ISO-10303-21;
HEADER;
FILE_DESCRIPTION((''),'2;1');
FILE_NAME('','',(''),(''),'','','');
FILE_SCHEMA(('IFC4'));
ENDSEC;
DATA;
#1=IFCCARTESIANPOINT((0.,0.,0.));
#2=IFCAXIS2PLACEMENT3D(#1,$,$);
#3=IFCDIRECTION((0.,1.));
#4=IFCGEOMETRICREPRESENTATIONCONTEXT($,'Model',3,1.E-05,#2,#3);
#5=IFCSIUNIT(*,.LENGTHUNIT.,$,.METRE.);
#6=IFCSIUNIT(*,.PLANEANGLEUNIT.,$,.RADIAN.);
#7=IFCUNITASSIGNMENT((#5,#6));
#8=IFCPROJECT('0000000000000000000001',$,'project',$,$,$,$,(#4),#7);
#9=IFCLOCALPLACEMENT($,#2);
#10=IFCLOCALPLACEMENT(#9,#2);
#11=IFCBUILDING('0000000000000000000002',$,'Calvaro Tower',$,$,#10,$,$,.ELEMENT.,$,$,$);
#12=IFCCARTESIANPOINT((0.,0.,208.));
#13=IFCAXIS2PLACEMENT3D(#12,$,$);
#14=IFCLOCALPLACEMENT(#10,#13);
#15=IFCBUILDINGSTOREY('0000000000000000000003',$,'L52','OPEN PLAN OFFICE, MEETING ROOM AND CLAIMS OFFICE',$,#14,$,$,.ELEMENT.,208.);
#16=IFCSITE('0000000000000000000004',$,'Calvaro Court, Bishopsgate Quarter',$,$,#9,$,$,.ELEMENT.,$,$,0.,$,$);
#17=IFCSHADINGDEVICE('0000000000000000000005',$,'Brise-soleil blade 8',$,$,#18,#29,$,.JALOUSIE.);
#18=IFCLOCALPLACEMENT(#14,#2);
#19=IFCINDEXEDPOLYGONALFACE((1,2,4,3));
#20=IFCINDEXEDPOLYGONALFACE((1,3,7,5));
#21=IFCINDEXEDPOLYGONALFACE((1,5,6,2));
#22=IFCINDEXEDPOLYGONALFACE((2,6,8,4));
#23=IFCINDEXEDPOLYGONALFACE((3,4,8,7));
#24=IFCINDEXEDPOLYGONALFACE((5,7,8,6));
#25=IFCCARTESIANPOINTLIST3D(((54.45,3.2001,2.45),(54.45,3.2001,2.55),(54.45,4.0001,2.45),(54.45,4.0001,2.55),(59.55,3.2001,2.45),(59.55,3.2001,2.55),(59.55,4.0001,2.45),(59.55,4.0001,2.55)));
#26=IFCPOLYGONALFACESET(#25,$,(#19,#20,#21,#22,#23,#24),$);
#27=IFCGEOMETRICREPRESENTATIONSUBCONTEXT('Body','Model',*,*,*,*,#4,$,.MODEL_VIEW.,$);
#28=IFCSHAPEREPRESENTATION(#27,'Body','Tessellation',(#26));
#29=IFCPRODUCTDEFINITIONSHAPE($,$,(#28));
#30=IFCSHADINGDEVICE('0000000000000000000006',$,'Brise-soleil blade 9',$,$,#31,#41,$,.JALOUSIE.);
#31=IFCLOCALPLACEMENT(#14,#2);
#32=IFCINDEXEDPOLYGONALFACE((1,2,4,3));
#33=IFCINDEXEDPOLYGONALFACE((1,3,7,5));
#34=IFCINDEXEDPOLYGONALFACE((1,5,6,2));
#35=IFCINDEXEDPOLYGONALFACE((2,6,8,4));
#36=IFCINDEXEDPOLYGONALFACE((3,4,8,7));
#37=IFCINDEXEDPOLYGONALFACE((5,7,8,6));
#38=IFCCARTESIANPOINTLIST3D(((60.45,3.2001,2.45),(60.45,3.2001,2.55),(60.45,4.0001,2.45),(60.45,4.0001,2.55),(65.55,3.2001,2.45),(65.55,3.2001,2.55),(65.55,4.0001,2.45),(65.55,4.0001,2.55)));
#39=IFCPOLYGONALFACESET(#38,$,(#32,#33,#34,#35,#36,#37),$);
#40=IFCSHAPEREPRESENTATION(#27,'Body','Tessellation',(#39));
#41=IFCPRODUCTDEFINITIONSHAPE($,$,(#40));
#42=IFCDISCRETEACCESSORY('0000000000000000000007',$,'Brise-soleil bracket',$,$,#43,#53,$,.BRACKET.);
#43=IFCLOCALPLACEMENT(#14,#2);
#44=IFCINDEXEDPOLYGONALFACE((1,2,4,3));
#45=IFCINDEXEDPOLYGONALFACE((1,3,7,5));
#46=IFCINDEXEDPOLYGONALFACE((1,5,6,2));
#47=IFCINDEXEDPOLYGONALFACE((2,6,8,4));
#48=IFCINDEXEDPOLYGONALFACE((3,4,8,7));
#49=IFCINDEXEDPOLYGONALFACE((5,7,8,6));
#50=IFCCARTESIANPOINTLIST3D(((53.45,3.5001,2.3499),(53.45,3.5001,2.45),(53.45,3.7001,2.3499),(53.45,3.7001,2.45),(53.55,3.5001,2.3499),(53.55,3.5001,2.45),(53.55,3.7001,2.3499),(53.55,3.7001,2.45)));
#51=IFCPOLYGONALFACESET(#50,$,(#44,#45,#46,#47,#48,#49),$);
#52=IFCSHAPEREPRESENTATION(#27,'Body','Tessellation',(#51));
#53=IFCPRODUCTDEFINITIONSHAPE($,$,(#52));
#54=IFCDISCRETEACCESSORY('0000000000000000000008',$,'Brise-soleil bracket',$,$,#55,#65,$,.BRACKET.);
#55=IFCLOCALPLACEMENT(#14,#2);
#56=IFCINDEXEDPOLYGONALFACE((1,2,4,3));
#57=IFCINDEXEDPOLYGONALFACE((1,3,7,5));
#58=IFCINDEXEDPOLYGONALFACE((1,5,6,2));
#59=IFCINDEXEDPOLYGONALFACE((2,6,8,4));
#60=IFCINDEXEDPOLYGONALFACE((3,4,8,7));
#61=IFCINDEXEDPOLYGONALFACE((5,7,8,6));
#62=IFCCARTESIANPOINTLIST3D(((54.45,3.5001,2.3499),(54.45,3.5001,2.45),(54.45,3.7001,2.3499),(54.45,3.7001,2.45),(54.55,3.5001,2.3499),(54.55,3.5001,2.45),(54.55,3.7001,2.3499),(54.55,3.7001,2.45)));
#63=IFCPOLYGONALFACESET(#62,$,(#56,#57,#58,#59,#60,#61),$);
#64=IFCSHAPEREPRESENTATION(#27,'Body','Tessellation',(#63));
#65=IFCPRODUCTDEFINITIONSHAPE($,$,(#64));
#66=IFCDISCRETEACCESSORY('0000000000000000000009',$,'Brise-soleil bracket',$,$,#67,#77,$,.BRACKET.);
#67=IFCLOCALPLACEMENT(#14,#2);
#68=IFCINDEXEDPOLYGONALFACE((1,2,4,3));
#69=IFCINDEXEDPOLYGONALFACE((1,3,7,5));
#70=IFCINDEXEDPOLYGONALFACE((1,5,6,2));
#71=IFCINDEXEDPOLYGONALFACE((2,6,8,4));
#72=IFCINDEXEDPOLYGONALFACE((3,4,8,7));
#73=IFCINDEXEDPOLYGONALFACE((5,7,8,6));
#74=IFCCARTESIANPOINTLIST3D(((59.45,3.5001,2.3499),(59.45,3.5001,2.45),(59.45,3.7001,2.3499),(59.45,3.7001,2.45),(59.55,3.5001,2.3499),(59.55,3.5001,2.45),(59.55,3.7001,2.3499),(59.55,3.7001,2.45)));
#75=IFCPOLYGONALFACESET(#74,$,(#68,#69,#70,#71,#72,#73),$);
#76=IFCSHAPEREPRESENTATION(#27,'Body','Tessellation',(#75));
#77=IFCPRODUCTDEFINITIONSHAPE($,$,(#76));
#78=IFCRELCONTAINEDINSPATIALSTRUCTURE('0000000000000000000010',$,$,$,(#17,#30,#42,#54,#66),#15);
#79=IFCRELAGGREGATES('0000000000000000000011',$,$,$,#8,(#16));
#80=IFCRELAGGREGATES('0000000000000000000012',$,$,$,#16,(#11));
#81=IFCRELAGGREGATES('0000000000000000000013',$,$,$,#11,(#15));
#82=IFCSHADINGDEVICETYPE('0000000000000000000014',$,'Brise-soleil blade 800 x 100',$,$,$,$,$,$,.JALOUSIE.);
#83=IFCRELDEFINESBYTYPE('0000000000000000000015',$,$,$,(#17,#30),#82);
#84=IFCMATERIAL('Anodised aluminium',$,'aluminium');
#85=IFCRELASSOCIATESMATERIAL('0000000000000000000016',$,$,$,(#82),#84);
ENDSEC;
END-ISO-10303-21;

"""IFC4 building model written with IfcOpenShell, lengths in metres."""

from ifc_helpers import new_model, si_unit, direction, frame, origin, origin_2d, place, context, subcontext, project, spatial, rectangle, extrude, material, material_profile, profile_set, type_object, element, save


model = new_model("IFC4")

# Units and contexts
model_context = context("Model", 3, precision=1e-05, world=origin(), true_north=direction((0.0, 1.0)))
body_context = subcontext(model_context, "Body", "Model", "MODEL_VIEW")
ifc_project = project(units=[si_unit("LENGTHUNIT", "METRE"), si_unit("PLANEANGLEUNIT", "RADIAN")], contexts=[model_context])

# Site, building, storey
site_placement = place(None, origin())
site = spatial("IfcSite", under=ifc_project, at=site_placement, Name="Calvaro Court, Bishopsgate Quarter", CompositionType="ELEMENT", RefElevation=0.0)
building_placement = place(site_placement, origin())
building = spatial("IfcBuilding", under=site, at=building_placement, Name="Calvaro Tower", CompositionType="ELEMENT")
storey_placement = place(building_placement, frame((0.0, 0.0, 208.0)))
storey = spatial("IfcBuildingStorey", under=building, at=storey_placement, Name="L52", Description="OPEN PLAN OFFICE, MEETING ROOM AND CLAIMS OFFICE", CompositionType="ELEMENT", Elevation=208.0)

# Shading devices
ifc_material_1 = material(Name="Anodised aluminium", Category="aluminium")
ifc_material_profile_1 = material_profile(ifc_material_1, rectangle(XDim=0.8, YDim=0.1001, at=origin_2d()), Name="Brise-soleil blade 800 x 100")
ifc_profile_set_1 = profile_set([ifc_material_profile_1], Name="Anodised aluminium")
shading_device_type = type_object("IfcShadingDeviceType", Name="Brise-soleil blade 800 x 100", PredefinedType="JALOUSIE", material=ifc_profile_set_1)
for number, where, z_axis, x_axis, name in (
    (1, (54.45, 3.6001, 2.5), (1.0, 0.0, 0.0), (0.0, 1.0, 0.0), "Brise-soleil blade 8"),
    (2, (60.45, 3.6001, 2.5), (1.0, 0.0, 0.0), (0.0, 1.0, 0.0), "Brise-soleil blade 9"),
):
    element("IfcShadingDevice", number, at=place(storey_placement, frame(where, z_axis=z_axis, x_axis=x_axis)), inside=storey, type_object=shading_device_type, Name=name, PredefinedType="JALOUSIE", context=body_context, shape_type="SweptSolid", body=[
        extrude(rectangle(XDim=0.8, YDim=0.1001, at=origin_2d()), origin(), (0.0, 0.0, 1.0), 5.1001),
    ])

# Discrete accessories
for number, where, z_axis, x_axis, name in (
    (3, (53.5, 3.6001, 2.3499), (0.0, 0.0, 1.0), (1.0, 0.0, 0.0), "Brise-soleil bracket"),
    (4, (54.5, 3.6001, 2.3499), (0.0, 0.0, 1.0), (1.0, 0.0, 0.0), "Brise-soleil bracket"),
    (5, (59.5, 3.6001, 2.3499), (0.0, 0.0, 1.0), (1.0, 0.0, 0.0), "Brise-soleil bracket"),
):
    element("IfcDiscreteAccessory", number, at=place(storey_placement, frame(where, z_axis=z_axis, x_axis=x_axis)), inside=storey, Name=name, PredefinedType="BRACKET", context=body_context, shape_type="SweptSolid", body=[
        extrude(rectangle(XDim=0.1001, YDim=0.2, at=origin_2d()), origin(), (0.0, 0.0, 1.0), 0.1001),
    ])

save(model, "model.ifc")
